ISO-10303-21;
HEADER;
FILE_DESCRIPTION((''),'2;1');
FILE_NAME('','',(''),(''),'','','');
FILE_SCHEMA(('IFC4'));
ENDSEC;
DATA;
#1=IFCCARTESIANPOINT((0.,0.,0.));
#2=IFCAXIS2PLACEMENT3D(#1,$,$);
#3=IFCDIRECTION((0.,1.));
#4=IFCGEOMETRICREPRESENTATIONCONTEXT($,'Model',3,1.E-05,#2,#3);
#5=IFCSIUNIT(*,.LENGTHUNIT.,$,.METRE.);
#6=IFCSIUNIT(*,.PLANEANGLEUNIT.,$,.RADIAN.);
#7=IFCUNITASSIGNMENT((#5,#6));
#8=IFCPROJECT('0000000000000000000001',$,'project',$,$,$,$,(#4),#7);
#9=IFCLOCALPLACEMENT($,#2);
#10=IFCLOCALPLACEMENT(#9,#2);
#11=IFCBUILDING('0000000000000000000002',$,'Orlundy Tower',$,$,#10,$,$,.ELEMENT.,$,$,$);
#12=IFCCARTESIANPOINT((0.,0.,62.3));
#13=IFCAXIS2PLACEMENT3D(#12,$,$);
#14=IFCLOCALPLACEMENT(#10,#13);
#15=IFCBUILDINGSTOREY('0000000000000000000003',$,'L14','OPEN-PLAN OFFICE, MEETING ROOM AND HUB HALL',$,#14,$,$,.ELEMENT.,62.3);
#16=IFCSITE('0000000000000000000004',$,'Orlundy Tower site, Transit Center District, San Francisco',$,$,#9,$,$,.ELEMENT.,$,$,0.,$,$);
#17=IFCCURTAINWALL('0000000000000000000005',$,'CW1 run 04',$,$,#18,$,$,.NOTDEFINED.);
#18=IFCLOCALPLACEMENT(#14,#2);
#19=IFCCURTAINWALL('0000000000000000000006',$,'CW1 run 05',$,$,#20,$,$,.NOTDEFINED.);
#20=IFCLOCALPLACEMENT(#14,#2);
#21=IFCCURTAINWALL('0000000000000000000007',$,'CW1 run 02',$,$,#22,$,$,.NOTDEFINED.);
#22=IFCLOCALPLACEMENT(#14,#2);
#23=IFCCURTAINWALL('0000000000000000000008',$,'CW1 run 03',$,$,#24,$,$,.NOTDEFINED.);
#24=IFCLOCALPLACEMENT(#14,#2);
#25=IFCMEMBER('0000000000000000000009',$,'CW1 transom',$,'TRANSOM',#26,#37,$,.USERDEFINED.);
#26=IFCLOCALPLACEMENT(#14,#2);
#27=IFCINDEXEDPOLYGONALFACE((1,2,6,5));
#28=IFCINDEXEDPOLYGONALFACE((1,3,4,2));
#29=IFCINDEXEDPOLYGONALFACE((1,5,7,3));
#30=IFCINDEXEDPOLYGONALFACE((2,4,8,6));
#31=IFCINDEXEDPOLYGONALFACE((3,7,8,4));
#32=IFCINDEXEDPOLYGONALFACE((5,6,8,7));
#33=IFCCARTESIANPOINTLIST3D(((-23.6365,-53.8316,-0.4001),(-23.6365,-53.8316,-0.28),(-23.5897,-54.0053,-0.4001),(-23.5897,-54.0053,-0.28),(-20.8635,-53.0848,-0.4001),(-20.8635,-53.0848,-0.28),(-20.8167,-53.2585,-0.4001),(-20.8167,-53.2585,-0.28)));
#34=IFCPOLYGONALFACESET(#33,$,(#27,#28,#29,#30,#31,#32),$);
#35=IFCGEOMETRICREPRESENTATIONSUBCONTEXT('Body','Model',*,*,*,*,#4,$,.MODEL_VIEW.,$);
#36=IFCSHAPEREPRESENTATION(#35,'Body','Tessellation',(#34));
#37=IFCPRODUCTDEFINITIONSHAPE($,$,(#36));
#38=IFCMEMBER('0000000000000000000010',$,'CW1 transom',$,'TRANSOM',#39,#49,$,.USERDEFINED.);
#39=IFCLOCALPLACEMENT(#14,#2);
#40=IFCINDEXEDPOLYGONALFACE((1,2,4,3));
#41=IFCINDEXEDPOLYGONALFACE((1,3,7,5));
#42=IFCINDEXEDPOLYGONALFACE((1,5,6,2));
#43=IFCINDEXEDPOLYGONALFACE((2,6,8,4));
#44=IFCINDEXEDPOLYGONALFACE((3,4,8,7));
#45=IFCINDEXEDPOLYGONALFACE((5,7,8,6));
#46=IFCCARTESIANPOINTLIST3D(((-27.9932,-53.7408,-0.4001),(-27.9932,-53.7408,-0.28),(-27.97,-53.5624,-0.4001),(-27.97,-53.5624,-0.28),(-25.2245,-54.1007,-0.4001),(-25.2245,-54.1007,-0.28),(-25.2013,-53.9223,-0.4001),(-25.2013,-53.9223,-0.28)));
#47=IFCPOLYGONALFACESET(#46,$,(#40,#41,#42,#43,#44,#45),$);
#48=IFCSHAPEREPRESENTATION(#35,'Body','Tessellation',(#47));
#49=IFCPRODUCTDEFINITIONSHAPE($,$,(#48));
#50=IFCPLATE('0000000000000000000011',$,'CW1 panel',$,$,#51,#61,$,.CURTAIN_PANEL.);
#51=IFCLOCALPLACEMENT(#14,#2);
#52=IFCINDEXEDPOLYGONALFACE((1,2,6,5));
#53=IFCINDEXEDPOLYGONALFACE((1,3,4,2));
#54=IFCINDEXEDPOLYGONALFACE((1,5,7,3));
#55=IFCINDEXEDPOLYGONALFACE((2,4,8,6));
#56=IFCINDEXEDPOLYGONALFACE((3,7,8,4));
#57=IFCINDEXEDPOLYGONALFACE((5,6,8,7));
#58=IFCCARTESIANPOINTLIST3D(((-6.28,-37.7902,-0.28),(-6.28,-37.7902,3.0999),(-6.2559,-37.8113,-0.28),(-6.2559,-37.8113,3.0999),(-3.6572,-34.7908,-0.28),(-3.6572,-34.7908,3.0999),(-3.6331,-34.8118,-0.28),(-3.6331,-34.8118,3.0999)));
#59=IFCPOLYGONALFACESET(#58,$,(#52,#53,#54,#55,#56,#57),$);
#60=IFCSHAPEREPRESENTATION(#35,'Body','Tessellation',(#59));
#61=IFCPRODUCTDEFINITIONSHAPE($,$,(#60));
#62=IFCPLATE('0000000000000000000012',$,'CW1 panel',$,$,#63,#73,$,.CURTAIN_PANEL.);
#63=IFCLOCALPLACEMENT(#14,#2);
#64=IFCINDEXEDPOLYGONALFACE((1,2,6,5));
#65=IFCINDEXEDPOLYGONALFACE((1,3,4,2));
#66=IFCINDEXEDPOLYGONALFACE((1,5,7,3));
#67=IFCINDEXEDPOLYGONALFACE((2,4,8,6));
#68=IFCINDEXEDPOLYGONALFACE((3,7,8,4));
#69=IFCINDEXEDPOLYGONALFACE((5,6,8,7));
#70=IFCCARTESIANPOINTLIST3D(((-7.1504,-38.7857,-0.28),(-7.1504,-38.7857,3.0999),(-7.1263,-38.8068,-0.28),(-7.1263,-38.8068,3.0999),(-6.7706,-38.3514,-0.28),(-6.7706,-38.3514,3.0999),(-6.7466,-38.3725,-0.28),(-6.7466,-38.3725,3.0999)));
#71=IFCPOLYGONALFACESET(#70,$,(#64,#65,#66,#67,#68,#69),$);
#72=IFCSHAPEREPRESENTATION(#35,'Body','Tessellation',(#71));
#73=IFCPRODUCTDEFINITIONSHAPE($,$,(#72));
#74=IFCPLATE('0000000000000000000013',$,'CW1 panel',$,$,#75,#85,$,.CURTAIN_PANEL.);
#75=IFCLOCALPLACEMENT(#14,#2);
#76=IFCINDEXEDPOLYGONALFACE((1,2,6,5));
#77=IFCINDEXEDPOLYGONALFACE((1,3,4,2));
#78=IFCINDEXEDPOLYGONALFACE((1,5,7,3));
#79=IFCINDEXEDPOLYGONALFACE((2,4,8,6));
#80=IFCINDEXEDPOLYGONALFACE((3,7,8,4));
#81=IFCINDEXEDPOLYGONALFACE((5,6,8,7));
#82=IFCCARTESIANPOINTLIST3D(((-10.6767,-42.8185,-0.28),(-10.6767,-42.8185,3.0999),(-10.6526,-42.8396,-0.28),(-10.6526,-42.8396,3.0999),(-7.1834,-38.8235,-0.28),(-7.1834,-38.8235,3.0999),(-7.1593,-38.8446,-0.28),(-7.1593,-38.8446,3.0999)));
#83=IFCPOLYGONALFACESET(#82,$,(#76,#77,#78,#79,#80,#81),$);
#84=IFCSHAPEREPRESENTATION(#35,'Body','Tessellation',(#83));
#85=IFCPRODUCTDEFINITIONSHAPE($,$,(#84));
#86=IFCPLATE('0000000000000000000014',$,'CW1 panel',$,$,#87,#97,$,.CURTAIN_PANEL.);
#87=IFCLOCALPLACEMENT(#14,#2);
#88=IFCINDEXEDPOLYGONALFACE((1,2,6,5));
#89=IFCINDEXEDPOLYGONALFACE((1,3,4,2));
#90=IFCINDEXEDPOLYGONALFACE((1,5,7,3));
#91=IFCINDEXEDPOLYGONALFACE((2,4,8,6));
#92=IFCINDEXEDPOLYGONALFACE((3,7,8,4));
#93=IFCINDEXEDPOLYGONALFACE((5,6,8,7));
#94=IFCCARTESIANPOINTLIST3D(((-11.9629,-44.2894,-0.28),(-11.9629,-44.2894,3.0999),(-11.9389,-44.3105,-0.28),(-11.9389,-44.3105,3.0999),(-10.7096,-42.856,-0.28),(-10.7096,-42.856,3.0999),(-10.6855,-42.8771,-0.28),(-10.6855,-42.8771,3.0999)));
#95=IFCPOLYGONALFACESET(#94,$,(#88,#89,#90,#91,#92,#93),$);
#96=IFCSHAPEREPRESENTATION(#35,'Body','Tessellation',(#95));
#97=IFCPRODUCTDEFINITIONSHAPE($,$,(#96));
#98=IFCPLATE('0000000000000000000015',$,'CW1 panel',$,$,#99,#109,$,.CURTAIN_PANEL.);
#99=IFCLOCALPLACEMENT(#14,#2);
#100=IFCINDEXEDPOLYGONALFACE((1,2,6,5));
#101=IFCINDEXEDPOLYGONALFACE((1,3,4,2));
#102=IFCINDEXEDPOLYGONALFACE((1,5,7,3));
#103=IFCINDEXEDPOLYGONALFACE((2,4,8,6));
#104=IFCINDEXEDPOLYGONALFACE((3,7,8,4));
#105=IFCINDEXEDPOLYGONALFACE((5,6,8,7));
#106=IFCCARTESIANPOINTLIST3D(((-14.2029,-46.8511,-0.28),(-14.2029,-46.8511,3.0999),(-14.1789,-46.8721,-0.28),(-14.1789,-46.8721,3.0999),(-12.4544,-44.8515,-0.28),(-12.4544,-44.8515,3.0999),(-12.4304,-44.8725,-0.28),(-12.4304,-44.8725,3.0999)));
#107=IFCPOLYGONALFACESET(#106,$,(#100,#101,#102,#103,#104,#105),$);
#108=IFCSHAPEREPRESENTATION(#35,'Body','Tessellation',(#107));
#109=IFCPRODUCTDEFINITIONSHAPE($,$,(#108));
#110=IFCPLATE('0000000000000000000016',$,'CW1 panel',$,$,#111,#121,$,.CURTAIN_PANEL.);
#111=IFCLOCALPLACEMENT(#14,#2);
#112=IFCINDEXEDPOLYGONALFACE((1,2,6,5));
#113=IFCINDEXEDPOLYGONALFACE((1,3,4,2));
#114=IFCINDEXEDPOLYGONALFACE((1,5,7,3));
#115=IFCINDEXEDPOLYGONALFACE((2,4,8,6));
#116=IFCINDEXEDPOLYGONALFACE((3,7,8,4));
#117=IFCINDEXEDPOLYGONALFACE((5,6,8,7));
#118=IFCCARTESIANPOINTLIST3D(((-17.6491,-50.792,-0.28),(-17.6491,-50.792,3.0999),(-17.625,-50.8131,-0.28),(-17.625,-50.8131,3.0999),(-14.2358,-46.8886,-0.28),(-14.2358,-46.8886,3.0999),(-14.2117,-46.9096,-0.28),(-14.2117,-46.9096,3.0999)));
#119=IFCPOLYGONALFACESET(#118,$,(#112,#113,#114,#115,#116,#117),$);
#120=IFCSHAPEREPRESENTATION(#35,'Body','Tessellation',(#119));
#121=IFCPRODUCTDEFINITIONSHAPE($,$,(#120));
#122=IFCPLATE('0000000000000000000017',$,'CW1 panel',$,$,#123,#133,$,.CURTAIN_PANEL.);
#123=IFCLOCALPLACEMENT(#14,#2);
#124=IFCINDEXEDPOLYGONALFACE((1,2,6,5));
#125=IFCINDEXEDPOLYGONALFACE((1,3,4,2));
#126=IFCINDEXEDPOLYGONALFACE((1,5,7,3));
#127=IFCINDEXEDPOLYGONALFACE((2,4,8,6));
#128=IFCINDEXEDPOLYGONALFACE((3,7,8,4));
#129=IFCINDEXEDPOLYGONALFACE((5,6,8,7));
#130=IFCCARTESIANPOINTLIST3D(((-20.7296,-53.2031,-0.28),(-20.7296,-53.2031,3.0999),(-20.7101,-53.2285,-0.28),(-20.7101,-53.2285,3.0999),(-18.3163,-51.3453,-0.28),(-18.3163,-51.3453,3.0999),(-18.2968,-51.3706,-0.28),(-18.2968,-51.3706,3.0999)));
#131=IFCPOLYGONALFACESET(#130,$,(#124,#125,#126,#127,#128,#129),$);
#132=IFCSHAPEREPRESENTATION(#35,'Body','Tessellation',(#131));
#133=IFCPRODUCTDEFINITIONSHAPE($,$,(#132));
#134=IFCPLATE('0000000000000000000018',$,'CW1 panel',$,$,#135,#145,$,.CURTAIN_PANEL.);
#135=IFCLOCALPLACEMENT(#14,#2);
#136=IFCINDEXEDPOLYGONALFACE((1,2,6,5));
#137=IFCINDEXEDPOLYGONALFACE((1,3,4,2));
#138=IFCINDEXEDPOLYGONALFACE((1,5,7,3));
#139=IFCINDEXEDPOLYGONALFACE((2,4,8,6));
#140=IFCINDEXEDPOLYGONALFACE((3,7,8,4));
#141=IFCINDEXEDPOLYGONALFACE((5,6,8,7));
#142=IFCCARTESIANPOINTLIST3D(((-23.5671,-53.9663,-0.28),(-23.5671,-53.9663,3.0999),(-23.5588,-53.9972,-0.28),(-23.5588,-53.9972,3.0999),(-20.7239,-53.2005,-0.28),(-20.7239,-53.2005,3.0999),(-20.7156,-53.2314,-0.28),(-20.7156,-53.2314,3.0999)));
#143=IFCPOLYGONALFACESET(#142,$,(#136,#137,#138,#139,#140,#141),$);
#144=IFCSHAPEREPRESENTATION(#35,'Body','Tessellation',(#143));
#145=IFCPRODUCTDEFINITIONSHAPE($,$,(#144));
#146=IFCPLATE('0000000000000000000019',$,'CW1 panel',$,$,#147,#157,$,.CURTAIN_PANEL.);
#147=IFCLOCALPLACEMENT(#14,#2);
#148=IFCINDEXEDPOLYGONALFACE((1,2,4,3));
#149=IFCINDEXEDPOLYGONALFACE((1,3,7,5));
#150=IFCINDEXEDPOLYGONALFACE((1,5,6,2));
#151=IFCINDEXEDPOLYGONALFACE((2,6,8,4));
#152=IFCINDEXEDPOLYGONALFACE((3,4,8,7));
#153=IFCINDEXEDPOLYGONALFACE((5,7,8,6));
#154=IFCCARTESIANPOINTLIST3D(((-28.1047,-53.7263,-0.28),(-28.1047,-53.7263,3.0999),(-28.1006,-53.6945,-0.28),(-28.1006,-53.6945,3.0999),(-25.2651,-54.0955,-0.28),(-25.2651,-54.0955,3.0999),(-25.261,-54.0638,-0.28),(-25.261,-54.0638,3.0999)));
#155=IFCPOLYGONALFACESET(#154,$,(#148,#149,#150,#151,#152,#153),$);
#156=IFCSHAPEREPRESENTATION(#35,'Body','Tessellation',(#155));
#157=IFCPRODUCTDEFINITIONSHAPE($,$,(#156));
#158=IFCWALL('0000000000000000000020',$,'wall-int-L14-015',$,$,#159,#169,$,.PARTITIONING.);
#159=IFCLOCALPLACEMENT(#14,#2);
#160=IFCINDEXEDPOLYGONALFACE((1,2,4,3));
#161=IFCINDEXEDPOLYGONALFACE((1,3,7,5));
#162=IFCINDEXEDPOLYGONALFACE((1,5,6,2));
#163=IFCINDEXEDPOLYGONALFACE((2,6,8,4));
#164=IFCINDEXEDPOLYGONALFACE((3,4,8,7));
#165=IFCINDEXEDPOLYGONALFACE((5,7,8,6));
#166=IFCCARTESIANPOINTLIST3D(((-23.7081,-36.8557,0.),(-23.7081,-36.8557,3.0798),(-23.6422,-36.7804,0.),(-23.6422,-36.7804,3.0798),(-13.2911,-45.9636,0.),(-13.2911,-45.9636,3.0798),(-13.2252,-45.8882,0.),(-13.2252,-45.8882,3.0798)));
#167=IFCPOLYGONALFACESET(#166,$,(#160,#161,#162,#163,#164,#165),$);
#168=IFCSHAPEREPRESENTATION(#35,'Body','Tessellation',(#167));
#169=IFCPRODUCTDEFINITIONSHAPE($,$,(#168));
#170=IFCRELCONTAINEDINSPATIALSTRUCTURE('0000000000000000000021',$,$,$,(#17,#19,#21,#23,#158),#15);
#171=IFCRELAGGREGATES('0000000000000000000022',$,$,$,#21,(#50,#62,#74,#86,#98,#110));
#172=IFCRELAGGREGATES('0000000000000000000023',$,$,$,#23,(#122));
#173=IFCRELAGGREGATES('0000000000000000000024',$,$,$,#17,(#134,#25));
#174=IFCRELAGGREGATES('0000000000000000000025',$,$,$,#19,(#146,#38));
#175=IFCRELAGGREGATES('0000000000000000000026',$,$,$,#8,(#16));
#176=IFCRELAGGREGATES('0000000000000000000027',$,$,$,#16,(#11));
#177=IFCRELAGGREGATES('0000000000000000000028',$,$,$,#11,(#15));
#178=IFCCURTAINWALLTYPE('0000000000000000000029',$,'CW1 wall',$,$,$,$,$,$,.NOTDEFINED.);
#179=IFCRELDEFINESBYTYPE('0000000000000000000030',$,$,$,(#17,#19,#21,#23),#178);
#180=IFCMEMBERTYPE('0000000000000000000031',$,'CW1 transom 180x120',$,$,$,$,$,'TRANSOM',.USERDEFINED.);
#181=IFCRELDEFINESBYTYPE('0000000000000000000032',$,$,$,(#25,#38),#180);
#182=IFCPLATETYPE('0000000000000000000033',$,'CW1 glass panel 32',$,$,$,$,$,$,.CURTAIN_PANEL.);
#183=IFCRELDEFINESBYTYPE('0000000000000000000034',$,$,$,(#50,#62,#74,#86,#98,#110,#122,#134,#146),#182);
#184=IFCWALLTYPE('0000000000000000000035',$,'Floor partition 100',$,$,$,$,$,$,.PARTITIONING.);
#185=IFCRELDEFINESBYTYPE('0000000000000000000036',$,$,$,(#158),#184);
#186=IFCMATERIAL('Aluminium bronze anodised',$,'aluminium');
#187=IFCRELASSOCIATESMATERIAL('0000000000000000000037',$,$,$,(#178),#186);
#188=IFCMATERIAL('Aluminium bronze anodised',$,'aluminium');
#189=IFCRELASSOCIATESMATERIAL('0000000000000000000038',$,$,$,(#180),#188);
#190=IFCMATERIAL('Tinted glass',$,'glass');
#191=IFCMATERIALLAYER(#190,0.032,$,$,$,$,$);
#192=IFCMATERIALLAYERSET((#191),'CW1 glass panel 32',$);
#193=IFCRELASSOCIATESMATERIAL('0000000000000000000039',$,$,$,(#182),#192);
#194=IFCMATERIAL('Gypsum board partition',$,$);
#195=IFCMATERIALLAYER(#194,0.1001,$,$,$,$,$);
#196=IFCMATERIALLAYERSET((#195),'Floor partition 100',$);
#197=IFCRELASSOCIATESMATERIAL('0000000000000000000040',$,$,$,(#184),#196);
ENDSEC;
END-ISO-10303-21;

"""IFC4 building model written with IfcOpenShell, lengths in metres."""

from ifc_helpers import new_model, si_unit, direction, frame, frame_2d, origin, origin_2d, place, context, subcontext, project, spatial, rectangle, extrude, material, layer, layer_set, material_profile, profile_set, type_object, element, aggregate, save


model = new_model("IFC4")

# Units and contexts
model_context = context("Model", 3, precision=1e-05, world=origin(), true_north=direction((0.0, 1.0)))
body_context = subcontext(model_context, "Body", "Model", "MODEL_VIEW")
ifc_project = project(units=[si_unit("LENGTHUNIT", "METRE"), si_unit("PLANEANGLEUNIT", "RADIAN")], contexts=[model_context])

# Site, building, storey
site_placement = place(None, origin())
site = spatial("IfcSite", under=ifc_project, at=site_placement, Name="Orlundy Tower site, Transit Center District, San Francisco", CompositionType="ELEMENT", RefElevation=0.0)
building_placement = place(site_placement, origin())
building = spatial("IfcBuilding", under=site, at=building_placement, Name="Orlundy Tower", CompositionType="ELEMENT")
storey_placement = place(building_placement, frame((0.0, 0.0, 62.3)))
storey = spatial("IfcBuildingStorey", under=building, at=storey_placement, Name="L14", Description="OPEN-PLAN OFFICE, MEETING ROOM AND HUB HALL", CompositionType="ELEMENT", Elevation=62.3)

# Curtain walls
ifc_material_1 = material(Name="Aluminium bronze anodised", Category="aluminium")
curtain_wall_type = type_object("IfcCurtainWallType", Name="CW1 wall", PredefinedType="NOTDEFINED", material=ifc_material_1)
curtain_wall_1_placement = place(storey_placement, origin())
curtain_wall_1 = element("IfcCurtainWall", 1, at=curtain_wall_1_placement, inside=storey, type_object=curtain_wall_type, Name="CW1 run 04", PredefinedType="NOTDEFINED")
curtain_wall_2_placement = place(storey_placement, origin())
curtain_wall_2 = element("IfcCurtainWall", 2, at=curtain_wall_2_placement, inside=storey, type_object=curtain_wall_type, Name="CW1 run 05", PredefinedType="NOTDEFINED")

# Curtain wall
curtain_wall_3_placement = place(storey_placement, origin())
curtain_wall_3 = element("IfcCurtainWall", 3, at=curtain_wall_3_placement, inside=storey, type_object=curtain_wall_type, Name="CW1 run 02", PredefinedType="NOTDEFINED")
ifc_material_2 = material(Name="Aluminium bronze anodised", Category="aluminium")
ifc_material_profile_1 = material_profile(ifc_material_2, rectangle(XDim=0.1799, YDim=0.1201, at=origin_2d()), Name="CW1 transom 180x120")
ifc_profile_set_1 = profile_set([ifc_material_profile_1], Name="Aluminium bronze anodised")
member_type_1 = type_object("IfcMemberType", Name="CW1 transom 180x120", ElementType="TRANSOM", PredefinedType="USERDEFINED", material=ifc_profile_set_1)

# Curtain wall
curtain_wall_4_placement = place(storey_placement, origin())
curtain_wall_4 = element("IfcCurtainWall", 4, at=curtain_wall_4_placement, inside=storey, type_object=curtain_wall_type, Name="CW1 run 03", PredefinedType="NOTDEFINED")

# Members
member_1_placement = place(storey_placement, frame((-20.8401, -53.1716, -0.3401), z_axis=(-0.965593, -0.260059, 0.0), x_axis=(0.260059, -0.965593, 0.0)))
member_1 = element("IfcMember", 5, at=member_1_placement, type_object=member_type_1, Name="CW1 transom", ObjectType="TRANSOM", PredefinedType="USERDEFINED", context=body_context, shape_type="SweptSolid", body=[
    extrude(rectangle(XDim=0.1799, YDim=0.1201, at=origin_2d()), origin(), (0.0, 0.0, 1.0), 2.8718),
])
member_2_placement = place(storey_placement, frame((-25.2129, -54.0115, -0.3401), z_axis=(-0.991659, 0.128887, 0.0), x_axis=(-0.128887, -0.991659, 0.0)))
member_2 = element("IfcMember", 6, at=member_2_placement, type_object=member_type_1, Name="CW1 transom", ObjectType="TRANSOM", PredefinedType="USERDEFINED", context=body_context, shape_type="SweptSolid", body=[
    extrude(rectangle(XDim=0.1799, YDim=0.1201, at=origin_2d()), origin(), (0.0, 0.0, 1.0), 2.792),
])

# Plates
ifc_material_3 = material(Name="Tinted glass", Category="glass")
ifc_layer_1 = layer(ifc_material_3, 0.032)
ifc_layer_set_1 = layer_set([ifc_layer_1], Name="CW1 glass panel 32")
plate_type = type_object("IfcPlateType", Name="CW1 glass panel 32", PredefinedType="CURTAIN_PANEL", material=ifc_layer_set_1)
plate_1_placement = place(storey_placement, frame((-4.9565, -36.301, -0.28), z_axis=(0.0, 0.0, 1.0), x_axis=(-0.658259, -0.752792, 0.0)))
plate_1 = element("IfcPlate", 7, at=plate_1_placement, type_object=plate_type, Name="CW1 panel", PredefinedType="CURTAIN_PANEL", context=body_context, shape_type="SweptSolid", body=[
    extrude(rectangle(XDim=3.9844, YDim=0.032, at=origin_2d()), origin(), (0.0, 0.0, 1.0), 3.3799),
])
plate_2_placement = place(storey_placement, frame((-6.9485, -38.5791, -0.28), z_axis=(0.0, 0.0, 1.0), x_axis=(-0.658259, -0.752792, 0.0)))
plate_2 = element("IfcPlate", 8, at=plate_2_placement, type_object=plate_type, Name="CW1 panel", PredefinedType="CURTAIN_PANEL", context=body_context, shape_type="SweptSolid", body=[
    extrude(rectangle(XDim=0.5769, YDim=0.032, at=origin_2d()), origin(), (0.0, 0.0, 1.0), 3.3799),
])
plate_3_placement = place(storey_placement, frame((-8.918, -40.8315, -0.28), z_axis=(0.0, 0.0, 1.0), x_axis=(-0.658259, -0.752792, 0.0)))
plate_3 = element("IfcPlate", 9, at=plate_3_placement, type_object=plate_type, Name="CW1 panel", PredefinedType="CURTAIN_PANEL", context=body_context, shape_type="SweptSolid", body=[
    extrude(rectangle(XDim=5.3069, YDim=0.032, at=origin_2d()), origin(), (0.0, 0.0, 1.0), 3.3799),
])
plate_4_placement = place(storey_placement, frame((-11.3242, -43.5833, -0.28), z_axis=(0.0, 0.0, 1.0), x_axis=(-0.658259, -0.752792, 0.0)))
plate_4 = element("IfcPlate", 10, at=plate_4_placement, type_object=plate_type, Name="CW1 panel", PredefinedType="CURTAIN_PANEL", context=body_context, shape_type="SweptSolid", body=[
    extrude(rectangle(XDim=1.9041, YDim=0.032, at=origin_2d()), origin(), (0.0, 0.0, 1.0), 3.3799),
])
plate_5_placement = place(storey_placement, frame((-13.3167, -45.8618, -0.28), z_axis=(0.0, 0.0, 1.0), x_axis=(-0.658259, -0.752792, 0.0)))
plate_5 = element("IfcPlate", 11, at=plate_5_placement, type_object=plate_type, Name="CW1 panel", PredefinedType="CURTAIN_PANEL", context=body_context, shape_type="SweptSolid", body=[
    extrude(rectangle(XDim=2.6562, YDim=0.032, at=origin_2d()), origin(), (0.0, 0.0, 1.0), 3.3799),
])
plate_6_placement = place(storey_placement, frame((-15.9304, -48.8508, -0.28), z_axis=(0.0, 0.0, 1.0), x_axis=(-0.658259, -0.752792, 0.0)))
plate_6 = element("IfcPlate", 12, at=plate_6_placement, type_object=plate_type, Name="CW1 panel", PredefinedType="CURTAIN_PANEL", context=body_context, shape_type="SweptSolid", body=[
    extrude(rectangle(XDim=5.1853, YDim=0.032, at=origin_2d()), origin(), (0.0, 0.0, 1.0), 3.3799),
])
aggregate(curtain_wall_3, [plate_1, plate_2, plate_3, plate_4, plate_5, plate_6])
plate_7_placement = place(storey_placement, frame((-19.5132, -52.2869, -0.28), z_axis=(0.0, 0.0, 1.0), x_axis=(-0.792393, -0.610011, 0.0)))
plate_7 = element("IfcPlate", 13, at=plate_7_placement, type_object=plate_type, Name="CW1 panel", PredefinedType="CURTAIN_PANEL", context=body_context, shape_type="SweptSolid", body=[
    extrude(rectangle(XDim=3.0457, YDim=0.032, at=origin_2d()), origin(), (0.0, 0.0, 1.0), 3.3799),
])
aggregate(curtain_wall_4, [plate_7])
plate_8_placement = place(storey_placement, frame((-22.1414, -53.5989, -0.28), z_axis=(0.0, 0.0, 1.0), x_axis=(-0.965587, -0.26008, 0.0)))
plate_8 = element("IfcPlate", 14, at=plate_8_placement, type_object=plate_type, Name="CW1 panel", PredefinedType="CURTAIN_PANEL", context=body_context, shape_type="SweptSolid", body=[
    extrude(rectangle(XDim=2.9446, YDim=0.032, at=origin_2d()), origin(), (0.0, 0.0, 1.0), 3.3799),
])
aggregate(curtain_wall_1, [plate_8, member_1])
plate_9_placement = place(storey_placement, frame((-26.6829, -53.895, -0.28), z_axis=(0.0, 0.0, 1.0), x_axis=(-0.991651, 0.128947, 0.0)))
plate_9 = element("IfcPlate", 15, at=plate_9_placement, type_object=plate_type, Name="CW1 panel", PredefinedType="CURTAIN_PANEL", context=body_context, shape_type="SweptSolid", body=[
    extrude(rectangle(XDim=2.8635, YDim=0.032, at=origin_2d()), origin(), (0.0, 0.0, 1.0), 3.3799),
])
aggregate(curtain_wall_2, [plate_9, member_2])

# Wall
ifc_material_4 = material(Name="Gypsum board partition")
ifc_layer_2 = layer(ifc_material_4, 0.1001)
ifc_layer_set_2 = layer_set([ifc_layer_2], Name="Floor partition 100")
wall_type = type_object("IfcWallType", Name="Floor partition 100", PredefinedType="PARTITIONING", material=ifc_layer_set_2)
wall_placement = place(storey_placement, frame((-23.675, -36.8181, 0.0), z_axis=(0.0, 0.0, 1.0), x_axis=(0.752826, -0.65822, 0.0)))
element("IfcWall", 16, at=wall_placement, inside=storey, type_object=wall_type, Name="wall-int-L14-015", PredefinedType="PARTITIONING", context=body_context, shape_type="SweptSolid", body=[
    extrude(rectangle(XDim=13.8372, YDim=0.1001, at=frame_2d((6.9185, 0.0))), origin(), (0.0, 0.0, 1.0), 3.0798),
])

save(model, "model.ifc")
